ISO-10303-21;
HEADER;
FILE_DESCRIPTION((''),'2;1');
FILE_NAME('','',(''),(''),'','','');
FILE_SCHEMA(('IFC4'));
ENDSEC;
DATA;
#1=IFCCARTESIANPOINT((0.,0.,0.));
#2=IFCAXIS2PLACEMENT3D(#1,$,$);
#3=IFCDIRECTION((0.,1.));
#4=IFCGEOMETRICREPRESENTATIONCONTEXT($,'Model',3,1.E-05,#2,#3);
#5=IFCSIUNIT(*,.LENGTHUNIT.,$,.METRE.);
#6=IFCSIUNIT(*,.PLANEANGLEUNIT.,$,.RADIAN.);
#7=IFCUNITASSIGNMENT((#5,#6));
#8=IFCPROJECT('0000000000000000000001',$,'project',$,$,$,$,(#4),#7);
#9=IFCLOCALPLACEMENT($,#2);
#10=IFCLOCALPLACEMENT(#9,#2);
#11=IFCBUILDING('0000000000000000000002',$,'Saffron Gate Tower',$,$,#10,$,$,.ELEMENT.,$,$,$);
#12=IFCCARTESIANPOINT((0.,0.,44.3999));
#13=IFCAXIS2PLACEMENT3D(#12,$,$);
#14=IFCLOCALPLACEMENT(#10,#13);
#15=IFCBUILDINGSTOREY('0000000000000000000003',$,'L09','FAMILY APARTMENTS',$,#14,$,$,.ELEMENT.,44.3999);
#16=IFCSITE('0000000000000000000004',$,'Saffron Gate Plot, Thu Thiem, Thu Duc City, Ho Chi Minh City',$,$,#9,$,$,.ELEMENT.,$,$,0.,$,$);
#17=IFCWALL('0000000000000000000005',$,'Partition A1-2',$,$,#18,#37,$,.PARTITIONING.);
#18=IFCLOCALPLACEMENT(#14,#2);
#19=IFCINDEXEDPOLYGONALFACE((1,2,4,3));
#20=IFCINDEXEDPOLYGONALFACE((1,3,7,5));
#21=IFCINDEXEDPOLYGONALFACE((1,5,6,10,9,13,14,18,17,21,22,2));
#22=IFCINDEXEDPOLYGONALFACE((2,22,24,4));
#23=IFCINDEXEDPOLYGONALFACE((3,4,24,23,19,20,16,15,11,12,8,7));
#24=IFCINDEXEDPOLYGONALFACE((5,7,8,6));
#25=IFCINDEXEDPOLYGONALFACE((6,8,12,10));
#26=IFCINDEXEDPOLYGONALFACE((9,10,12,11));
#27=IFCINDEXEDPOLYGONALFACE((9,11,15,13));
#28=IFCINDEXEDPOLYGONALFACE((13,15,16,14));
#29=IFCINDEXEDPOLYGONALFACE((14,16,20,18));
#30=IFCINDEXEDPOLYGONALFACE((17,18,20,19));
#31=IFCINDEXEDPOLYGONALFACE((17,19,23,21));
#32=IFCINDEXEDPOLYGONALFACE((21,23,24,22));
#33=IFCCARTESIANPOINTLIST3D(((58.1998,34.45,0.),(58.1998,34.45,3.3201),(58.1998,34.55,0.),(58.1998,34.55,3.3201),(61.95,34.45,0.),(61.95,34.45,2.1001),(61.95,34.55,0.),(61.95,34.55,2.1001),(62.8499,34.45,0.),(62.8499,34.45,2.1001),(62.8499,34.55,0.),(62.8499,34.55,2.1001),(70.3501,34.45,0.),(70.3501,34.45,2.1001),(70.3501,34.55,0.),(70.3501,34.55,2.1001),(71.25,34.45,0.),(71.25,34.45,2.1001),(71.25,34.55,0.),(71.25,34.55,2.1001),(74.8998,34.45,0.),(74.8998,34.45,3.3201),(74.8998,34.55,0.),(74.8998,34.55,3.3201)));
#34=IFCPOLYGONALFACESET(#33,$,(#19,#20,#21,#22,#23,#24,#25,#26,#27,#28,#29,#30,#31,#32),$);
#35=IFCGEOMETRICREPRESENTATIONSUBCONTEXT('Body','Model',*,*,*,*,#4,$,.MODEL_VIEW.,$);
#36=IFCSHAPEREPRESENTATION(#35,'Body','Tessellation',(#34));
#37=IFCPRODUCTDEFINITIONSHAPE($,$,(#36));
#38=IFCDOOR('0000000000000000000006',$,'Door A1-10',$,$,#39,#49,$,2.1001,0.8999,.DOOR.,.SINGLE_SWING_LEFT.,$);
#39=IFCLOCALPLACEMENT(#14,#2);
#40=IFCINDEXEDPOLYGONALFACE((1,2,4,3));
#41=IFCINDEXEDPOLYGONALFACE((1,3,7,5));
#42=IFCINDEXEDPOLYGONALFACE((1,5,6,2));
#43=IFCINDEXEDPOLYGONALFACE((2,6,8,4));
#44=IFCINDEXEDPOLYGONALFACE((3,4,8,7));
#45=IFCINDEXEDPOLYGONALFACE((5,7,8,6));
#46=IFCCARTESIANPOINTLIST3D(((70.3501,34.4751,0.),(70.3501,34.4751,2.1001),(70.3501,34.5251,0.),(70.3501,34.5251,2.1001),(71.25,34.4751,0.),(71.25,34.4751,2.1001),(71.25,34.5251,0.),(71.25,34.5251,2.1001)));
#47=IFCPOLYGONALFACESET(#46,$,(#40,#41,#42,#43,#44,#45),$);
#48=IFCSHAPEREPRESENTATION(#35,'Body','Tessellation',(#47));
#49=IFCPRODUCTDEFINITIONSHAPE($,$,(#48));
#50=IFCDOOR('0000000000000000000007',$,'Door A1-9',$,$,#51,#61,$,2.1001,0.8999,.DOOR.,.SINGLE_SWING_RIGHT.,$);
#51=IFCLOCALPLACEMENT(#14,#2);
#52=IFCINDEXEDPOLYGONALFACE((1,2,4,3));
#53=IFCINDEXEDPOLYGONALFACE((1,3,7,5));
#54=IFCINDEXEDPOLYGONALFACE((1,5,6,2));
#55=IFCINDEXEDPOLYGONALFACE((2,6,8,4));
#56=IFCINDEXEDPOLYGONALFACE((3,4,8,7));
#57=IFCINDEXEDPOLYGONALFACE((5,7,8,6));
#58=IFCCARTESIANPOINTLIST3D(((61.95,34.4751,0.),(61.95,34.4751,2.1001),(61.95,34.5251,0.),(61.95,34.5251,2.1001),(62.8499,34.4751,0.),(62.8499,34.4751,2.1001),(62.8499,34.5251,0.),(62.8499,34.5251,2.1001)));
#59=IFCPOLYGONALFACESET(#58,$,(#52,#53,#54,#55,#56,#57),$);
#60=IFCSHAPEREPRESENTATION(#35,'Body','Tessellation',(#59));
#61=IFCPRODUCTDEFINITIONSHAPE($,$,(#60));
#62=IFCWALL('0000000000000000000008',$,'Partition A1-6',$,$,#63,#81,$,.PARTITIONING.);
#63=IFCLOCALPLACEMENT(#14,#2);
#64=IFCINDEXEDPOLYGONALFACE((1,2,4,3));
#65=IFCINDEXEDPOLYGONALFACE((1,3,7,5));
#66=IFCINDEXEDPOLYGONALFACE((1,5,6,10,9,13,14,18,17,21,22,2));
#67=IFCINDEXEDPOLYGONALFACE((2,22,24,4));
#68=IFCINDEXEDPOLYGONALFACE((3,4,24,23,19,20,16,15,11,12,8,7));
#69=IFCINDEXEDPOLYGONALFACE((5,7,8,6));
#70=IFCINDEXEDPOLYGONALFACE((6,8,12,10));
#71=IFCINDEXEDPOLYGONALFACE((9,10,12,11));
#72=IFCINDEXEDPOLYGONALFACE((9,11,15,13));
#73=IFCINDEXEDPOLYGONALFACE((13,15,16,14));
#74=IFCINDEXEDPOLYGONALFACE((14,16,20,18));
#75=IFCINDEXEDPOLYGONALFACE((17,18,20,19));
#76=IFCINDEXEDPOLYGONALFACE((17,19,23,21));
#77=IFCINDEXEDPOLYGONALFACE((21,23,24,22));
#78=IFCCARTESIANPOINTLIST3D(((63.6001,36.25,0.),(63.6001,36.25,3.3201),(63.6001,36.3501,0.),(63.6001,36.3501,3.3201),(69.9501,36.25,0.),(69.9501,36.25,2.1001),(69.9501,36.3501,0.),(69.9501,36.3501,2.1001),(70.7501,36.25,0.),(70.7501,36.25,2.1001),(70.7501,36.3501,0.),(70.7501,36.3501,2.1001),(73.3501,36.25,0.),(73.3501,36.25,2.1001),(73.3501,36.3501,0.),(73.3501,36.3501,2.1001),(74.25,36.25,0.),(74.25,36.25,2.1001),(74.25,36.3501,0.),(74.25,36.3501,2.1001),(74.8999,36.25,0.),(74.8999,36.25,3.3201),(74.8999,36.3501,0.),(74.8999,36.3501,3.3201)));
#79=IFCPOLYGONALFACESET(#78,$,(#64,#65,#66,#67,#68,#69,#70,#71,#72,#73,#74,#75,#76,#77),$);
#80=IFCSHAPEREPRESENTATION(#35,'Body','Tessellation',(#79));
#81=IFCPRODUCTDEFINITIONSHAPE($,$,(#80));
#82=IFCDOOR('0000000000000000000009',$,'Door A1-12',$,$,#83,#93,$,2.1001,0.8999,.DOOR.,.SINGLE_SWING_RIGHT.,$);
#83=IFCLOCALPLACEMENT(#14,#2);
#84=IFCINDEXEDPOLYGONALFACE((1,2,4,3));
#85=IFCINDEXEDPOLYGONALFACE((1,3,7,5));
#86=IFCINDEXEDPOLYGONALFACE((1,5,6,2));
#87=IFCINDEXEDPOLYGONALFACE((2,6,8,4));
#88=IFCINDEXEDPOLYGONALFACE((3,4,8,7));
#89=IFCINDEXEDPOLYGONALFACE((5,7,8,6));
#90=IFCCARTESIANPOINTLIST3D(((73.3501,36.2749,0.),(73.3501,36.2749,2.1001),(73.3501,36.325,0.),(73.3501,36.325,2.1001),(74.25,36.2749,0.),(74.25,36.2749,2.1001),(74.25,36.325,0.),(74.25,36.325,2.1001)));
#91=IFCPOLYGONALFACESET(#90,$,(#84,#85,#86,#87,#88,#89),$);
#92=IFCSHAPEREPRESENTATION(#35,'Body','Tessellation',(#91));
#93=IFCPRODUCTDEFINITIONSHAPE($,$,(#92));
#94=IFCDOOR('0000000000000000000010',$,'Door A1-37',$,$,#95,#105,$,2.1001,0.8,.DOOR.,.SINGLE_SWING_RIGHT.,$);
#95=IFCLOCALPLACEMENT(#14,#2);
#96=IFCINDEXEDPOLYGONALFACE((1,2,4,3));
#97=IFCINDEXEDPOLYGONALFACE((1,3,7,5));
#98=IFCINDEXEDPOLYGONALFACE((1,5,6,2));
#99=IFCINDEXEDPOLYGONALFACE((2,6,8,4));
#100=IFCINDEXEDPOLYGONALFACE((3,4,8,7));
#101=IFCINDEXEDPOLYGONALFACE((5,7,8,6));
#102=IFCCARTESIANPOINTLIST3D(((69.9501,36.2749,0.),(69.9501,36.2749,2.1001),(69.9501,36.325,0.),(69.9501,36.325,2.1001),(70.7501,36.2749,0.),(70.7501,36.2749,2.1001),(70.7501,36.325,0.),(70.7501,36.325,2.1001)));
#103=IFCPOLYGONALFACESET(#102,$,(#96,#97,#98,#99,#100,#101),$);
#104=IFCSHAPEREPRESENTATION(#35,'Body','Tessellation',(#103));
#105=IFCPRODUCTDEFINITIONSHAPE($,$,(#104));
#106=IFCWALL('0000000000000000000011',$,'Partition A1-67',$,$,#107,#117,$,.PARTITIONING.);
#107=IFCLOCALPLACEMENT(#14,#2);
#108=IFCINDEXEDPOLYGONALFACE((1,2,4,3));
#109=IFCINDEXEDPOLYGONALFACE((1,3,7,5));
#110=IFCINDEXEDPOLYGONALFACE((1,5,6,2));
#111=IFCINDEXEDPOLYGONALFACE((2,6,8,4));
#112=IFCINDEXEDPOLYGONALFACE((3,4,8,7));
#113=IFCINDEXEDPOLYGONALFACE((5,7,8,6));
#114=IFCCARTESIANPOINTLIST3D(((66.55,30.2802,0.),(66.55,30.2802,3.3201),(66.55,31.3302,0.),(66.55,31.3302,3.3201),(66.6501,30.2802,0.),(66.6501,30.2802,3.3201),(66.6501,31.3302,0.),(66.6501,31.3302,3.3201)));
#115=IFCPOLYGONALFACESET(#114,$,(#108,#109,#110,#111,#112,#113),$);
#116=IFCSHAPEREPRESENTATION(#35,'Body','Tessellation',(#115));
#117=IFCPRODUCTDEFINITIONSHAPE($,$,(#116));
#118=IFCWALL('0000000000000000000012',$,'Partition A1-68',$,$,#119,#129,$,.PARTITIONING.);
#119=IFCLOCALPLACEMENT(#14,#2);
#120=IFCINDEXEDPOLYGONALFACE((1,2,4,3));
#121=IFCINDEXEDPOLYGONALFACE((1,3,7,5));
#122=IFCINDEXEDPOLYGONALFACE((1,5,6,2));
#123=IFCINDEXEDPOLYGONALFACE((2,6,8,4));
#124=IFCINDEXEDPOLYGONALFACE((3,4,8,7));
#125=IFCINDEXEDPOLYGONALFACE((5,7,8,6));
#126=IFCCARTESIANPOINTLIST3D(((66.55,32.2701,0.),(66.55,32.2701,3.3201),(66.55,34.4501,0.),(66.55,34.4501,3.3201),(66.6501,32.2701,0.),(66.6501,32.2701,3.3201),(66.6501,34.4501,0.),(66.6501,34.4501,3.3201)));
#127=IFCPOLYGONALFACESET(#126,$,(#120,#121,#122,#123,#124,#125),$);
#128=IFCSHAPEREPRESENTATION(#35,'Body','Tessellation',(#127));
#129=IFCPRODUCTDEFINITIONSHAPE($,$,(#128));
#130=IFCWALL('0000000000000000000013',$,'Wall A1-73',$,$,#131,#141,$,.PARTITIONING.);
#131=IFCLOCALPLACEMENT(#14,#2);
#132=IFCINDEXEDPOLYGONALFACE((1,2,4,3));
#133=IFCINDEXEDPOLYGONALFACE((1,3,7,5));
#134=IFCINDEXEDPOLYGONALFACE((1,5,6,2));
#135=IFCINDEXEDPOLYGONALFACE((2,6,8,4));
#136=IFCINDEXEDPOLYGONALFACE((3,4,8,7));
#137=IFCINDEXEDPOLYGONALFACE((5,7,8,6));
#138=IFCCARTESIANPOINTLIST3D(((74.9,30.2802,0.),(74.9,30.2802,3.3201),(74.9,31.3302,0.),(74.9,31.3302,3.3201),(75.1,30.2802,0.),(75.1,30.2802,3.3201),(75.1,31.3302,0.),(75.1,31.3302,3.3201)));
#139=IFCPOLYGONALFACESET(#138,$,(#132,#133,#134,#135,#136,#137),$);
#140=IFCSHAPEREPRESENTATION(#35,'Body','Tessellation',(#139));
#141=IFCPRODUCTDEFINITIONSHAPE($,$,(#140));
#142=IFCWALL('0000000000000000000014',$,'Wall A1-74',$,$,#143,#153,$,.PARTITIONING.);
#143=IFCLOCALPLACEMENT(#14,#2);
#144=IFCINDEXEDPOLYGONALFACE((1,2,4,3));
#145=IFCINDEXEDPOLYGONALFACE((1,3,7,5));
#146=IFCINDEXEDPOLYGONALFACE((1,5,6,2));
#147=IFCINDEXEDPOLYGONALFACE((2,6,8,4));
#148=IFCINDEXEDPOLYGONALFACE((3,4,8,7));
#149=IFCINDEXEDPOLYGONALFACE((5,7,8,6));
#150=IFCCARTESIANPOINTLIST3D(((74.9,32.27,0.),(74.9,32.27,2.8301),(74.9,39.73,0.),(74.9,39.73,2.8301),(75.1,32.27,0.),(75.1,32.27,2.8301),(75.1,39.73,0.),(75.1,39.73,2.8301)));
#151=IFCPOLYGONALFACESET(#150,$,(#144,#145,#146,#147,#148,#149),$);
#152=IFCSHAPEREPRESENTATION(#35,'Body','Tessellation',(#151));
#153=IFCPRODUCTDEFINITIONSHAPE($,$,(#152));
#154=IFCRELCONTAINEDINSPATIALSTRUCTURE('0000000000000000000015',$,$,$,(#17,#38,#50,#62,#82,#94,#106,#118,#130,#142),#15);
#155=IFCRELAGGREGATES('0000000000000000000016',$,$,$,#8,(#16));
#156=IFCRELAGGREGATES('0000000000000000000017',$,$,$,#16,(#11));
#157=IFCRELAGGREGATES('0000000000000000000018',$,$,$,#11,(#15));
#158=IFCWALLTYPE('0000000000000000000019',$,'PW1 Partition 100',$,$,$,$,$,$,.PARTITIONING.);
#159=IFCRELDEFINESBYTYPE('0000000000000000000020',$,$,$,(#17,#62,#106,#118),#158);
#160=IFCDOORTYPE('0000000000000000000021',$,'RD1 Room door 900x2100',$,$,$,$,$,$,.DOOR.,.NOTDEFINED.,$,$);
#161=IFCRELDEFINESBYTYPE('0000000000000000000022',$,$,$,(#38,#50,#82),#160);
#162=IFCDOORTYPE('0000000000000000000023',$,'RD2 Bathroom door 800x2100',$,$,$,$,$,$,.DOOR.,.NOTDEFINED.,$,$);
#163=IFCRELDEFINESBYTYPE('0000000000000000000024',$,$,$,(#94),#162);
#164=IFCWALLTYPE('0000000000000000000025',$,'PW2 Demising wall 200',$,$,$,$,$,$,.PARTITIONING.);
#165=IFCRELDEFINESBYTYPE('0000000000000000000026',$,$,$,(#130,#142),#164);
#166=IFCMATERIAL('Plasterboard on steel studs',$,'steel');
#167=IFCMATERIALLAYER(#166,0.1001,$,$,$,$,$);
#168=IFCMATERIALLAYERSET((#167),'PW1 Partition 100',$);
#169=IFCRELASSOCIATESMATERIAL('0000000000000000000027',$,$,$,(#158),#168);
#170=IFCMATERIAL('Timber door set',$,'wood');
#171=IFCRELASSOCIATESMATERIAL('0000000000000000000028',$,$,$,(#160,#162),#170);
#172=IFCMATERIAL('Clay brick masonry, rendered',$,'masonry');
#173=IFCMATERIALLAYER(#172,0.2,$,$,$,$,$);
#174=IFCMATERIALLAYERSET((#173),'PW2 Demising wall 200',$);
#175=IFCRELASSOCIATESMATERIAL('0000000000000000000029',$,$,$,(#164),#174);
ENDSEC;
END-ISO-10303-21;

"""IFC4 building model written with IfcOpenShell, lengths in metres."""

from ifc_helpers import new_model, si_unit, direction, frame, frame_2d, origin, place, context, subcontext, project, spatial, rectangle, extrude, material, layer, layer_set, type_object, element, fill, save


model = new_model("IFC4")

# Units and contexts
model_context = context("Model", 3, precision=1e-05, world=origin(), true_north=direction((0.0, 1.0)))
body_context = subcontext(model_context, "Body", "Model", "MODEL_VIEW")
ifc_project = project(units=[si_unit("LENGTHUNIT", "METRE"), si_unit("PLANEANGLEUNIT", "RADIAN")], contexts=[model_context])

# Site, building, storey
site_placement = place(None, origin())
site = spatial("IfcSite", under=ifc_project, at=site_placement, Name="Saffron Gate Plot, Thu Thiem, Thu Duc City, Ho Chi Minh City", CompositionType="ELEMENT", RefElevation=0.0)
building_placement = place(site_placement, origin())
building = spatial("IfcBuilding", under=site, at=building_placement, Name="Saffron Gate Tower", CompositionType="ELEMENT")
storey_placement = place(building_placement, frame((0.0, 0.0, 44.3999)))
storey = spatial("IfcBuildingStorey", under=building, at=storey_placement, Name="L09", Description="FAMILY APARTMENTS", CompositionType="ELEMENT", Elevation=44.3999)

# Walls, openings, doors
ifc_material_1 = material(Name="Plasterboard on steel studs", Category="steel")
ifc_layer_1 = layer(ifc_material_1, 0.1001)
ifc_layer_set_1 = layer_set([ifc_layer_1], Name="PW1 Partition 100")
wall_type_1 = type_object("IfcWallType", Name="PW1 Partition 100", PredefinedType="PARTITIONING", material=ifc_layer_set_1)
wall_1_placement = place(storey_placement, frame((74.8999, 34.5, 0.0), z_axis=(0.0, 0.0, 1.0), x_axis=(-1.0, 0.0, 0.0)))
wall_1 = element("IfcWall", 1, at=wall_1_placement, inside=storey, type_object=wall_type_1, Name="Partition A1-2", PredefinedType="PARTITIONING", context=body_context, shape_type="SweptSolid", body=[
    extrude(rectangle(XDim=16.7, YDim=0.1001, at=frame_2d((8.3501, 0.0))), origin(), (0.0, 0.0, 1.0), 3.3201),
])
opening_1_placement = place(wall_1_placement, frame((3.6499, 0.0, 0.0)))
opening_1 = element("IfcOpeningElement", 2, at=opening_1_placement, cuts=wall_1, PredefinedType="OPENING", context=body_context, shape_type="SweptSolid", body=[
    extrude(rectangle(XDim=0.8999, YDim=2.1001, at=frame_2d((0.45, 1.05))), frame((0.0, 0.0601, 0.0), z_axis=(0.0, -1.0, 0.0), x_axis=(1.0, 0.0, 0.0)), (0.0, 0.0, 1.0), 0.1201),
])
opening_2_placement = place(wall_1_placement, frame((12.05, 0.0, 0.0)))
opening_2 = element("IfcOpeningElement", 3, at=opening_2_placement, cuts=wall_1, PredefinedType="OPENING", context=body_context, shape_type="SweptSolid", body=[
    extrude(rectangle(XDim=0.8999, YDim=2.1001, at=frame_2d((0.45, 1.05))), frame((0.0, 0.0601, 0.0), z_axis=(0.0, -1.0, 0.0), x_axis=(1.0, 0.0, 0.0)), (0.0, 0.0, 1.0), 0.1201),
])
ifc_material_2 = material(Name="Timber door set", Category="wood")
door_type_1 = type_object("IfcDoorType", Name="RD1 Room door 900x2100", OperationType="NOTDEFINED", PredefinedType="DOOR", material=ifc_material_2)
door_1_placement = place(opening_1_placement, origin())
door_1 = element("IfcDoor", 4, at=door_1_placement, inside=storey, type_object=door_type_1, Name="Door A1-10", OperationType="SINGLE_SWING_LEFT", OverallHeight=2.1001, OverallWidth=0.8999, PredefinedType="DOOR", context=body_context, shape_type="SweptSolid", body=[
    extrude(rectangle(XDim=0.8999, YDim=2.1001, at=frame_2d((0.45, 1.05))), frame((0.0, 0.0249, 0.0), z_axis=(0.0, -1.0, 0.0), x_axis=(1.0, 0.0, 0.0)), (0.0, 0.0, 1.0), 0.05),
])
fill(opening_1, door_1)
door_2_placement = place(opening_2_placement, origin())
door_2 = element("IfcDoor", 5, at=door_2_placement, inside=storey, type_object=door_type_1, Name="Door A1-9", OperationType="SINGLE_SWING_RIGHT", OverallHeight=2.1001, OverallWidth=0.8999, PredefinedType="DOOR", context=body_context, shape_type="SweptSolid", body=[
    extrude(rectangle(XDim=0.8999, YDim=2.1001, at=frame_2d((0.45, 1.05))), frame((0.0, 0.0249, 0.0), z_axis=(0.0, -1.0, 0.0), x_axis=(1.0, 0.0, 0.0)), (0.0, 0.0, 1.0), 0.05),
])
fill(opening_2, door_2)
wall_2_placement = place(storey_placement, frame((63.6001, 36.3, 0.0), z_axis=(0.0, 0.0, 1.0), x_axis=(1.0, 0.0, 0.0)))
wall_2 = element("IfcWall", 6, at=wall_2_placement, inside=storey, type_object=wall_type_1, Name="Partition A1-6", PredefinedType="PARTITIONING", context=body_context, shape_type="SweptSolid", body=[
    extrude(rectangle(XDim=11.2998, YDim=0.1001, at=frame_2d((5.6499, 0.0))), origin(), (0.0, 0.0, 1.0), 3.3201),
])
opening_3_placement = place(wall_2_placement, frame((6.3501, 0.0, 0.0)))
opening_3 = element("IfcOpeningElement", 7, at=opening_3_placement, cuts=wall_2, PredefinedType="OPENING", context=body_context, shape_type="SweptSolid", body=[
    extrude(rectangle(XDim=0.8, YDim=2.1001, at=frame_2d((0.3999, 1.05))), frame((0.0, 0.0601, 0.0), z_axis=(0.0, -1.0, 0.0), x_axis=(1.0, 0.0, 0.0)), (0.0, 0.0, 1.0), 0.1201),
])
opening_4_placement = place(wall_2_placement, frame((9.75, 0.0, 0.0)))
opening_4 = element("IfcOpeningElement", 8, at=opening_4_placement, cuts=wall_2, PredefinedType="OPENING", context=body_context, shape_type="SweptSolid", body=[
    extrude(rectangle(XDim=0.8999, YDim=2.1001, at=frame_2d((0.45, 1.05))), frame((0.0, 0.0601, 0.0), z_axis=(0.0, -1.0, 0.0), x_axis=(1.0, 0.0, 0.0)), (0.0, 0.0, 1.0), 0.1201),
])
door_3_placement = place(opening_4_placement, origin())
door_3 = element("IfcDoor", 9, at=door_3_placement, inside=storey, type_object=door_type_1, Name="Door A1-12", OperationType="SINGLE_SWING_RIGHT", OverallHeight=2.1001, OverallWidth=0.8999, PredefinedType="DOOR", context=body_context, shape_type="SweptSolid", body=[
    extrude(rectangle(XDim=0.8999, YDim=2.1001, at=frame_2d((0.45, 1.05))), frame((0.0, 0.0249, 0.0), z_axis=(0.0, -1.0, 0.0), x_axis=(1.0, 0.0, 0.0)), (0.0, 0.0, 1.0), 0.05),
])
fill(opening_4, door_3)
door_type_2 = type_object("IfcDoorType", Name="RD2 Bathroom door 800x2100", OperationType="NOTDEFINED", PredefinedType="DOOR", material=ifc_material_2)
door_4_placement = place(opening_3_placement, origin())
door_4 = element("IfcDoor", 10, at=door_4_placement, inside=storey, type_object=door_type_2, Name="Door A1-37", OperationType="SINGLE_SWING_RIGHT", OverallHeight=2.1001, OverallWidth=0.8, PredefinedType="DOOR", context=body_context, shape_type="SweptSolid", body=[
    extrude(rectangle(XDim=0.8, YDim=2.1001, at=frame_2d((0.3999, 1.05))), frame((0.0, 0.0249, 0.0), z_axis=(0.0, -1.0, 0.0), x_axis=(1.0, 0.0, 0.0)), (0.0, 0.0, 1.0), 0.05),
])
fill(opening_3, door_4)

# Walls
wall_3_placement = place(storey_placement, frame((66.6001, 31.3301, 0.0), z_axis=(0.0, 0.0, 1.0), x_axis=(0.0, -1.0, 0.0)))
element("IfcWall", 11, at=wall_3_placement, inside=storey, type_object=wall_type_1, Name="Partition A1-67", PredefinedType="PARTITIONING", context=body_context, shape_type="SweptSolid", body=[
    extrude(rectangle(XDim=1.05, YDim=0.1001, at=frame_2d((0.5249, 0.0))), origin(), (0.0, 0.0, 1.0), 3.3201),
])
wall_4_placement = place(storey_placement, frame((66.6001, 34.45, 0.0), z_axis=(0.0, 0.0, 1.0), x_axis=(0.0, -1.0, 0.0)))
element("IfcWall", 12, at=wall_4_placement, inside=storey, type_object=wall_type_1, Name="Partition A1-68", PredefinedType="PARTITIONING", context=body_context, shape_type="SweptSolid", body=[
    extrude(rectangle(XDim=2.1799, YDim=0.1001, at=frame_2d((1.0898, 0.0))), origin(), (0.0, 0.0, 1.0), 3.3201),
])
ifc_material_3 = material(Name="Clay brick masonry, rendered", Category="masonry")
ifc_layer_2 = layer(ifc_material_3, 0.2)
ifc_layer_set_2 = layer_set([ifc_layer_2], Name="PW2 Demising wall 200")
wall_type_2 = type_object("IfcWallType", Name="PW2 Demising wall 200", PredefinedType="PARTITIONING", material=ifc_layer_set_2)
wall_5_placement = place(storey_placement, frame((75.0, 31.3301, 0.0), z_axis=(0.0, 0.0, 1.0), x_axis=(0.0, -1.0, 0.0)))
element("IfcWall", 13, at=wall_5_placement, inside=storey, type_object=wall_type_2, Name="Wall A1-73", PredefinedType="PARTITIONING", context=body_context, shape_type="SweptSolid", body=[
    extrude(rectangle(XDim=1.05, YDim=0.2, at=frame_2d((0.5249, 0.0))), origin(), (0.0, 0.0, 1.0), 3.3201),
])
wall_6_placement = place(storey_placement, frame((75.0, 39.73, 0.0), z_axis=(0.0, 0.0, 1.0), x_axis=(0.0, -1.0, 0.0)))
element("IfcWall", 14, at=wall_6_placement, inside=storey, type_object=wall_type_2, Name="Wall A1-74", PredefinedType="PARTITIONING", context=body_context, shape_type="SweptSolid", body=[
    extrude(rectangle(XDim=7.46, YDim=0.2, at=frame_2d((3.73, 0.0))), origin(), (0.0, 0.0, 1.0), 2.8301),
])

save(model, "model.ifc")
